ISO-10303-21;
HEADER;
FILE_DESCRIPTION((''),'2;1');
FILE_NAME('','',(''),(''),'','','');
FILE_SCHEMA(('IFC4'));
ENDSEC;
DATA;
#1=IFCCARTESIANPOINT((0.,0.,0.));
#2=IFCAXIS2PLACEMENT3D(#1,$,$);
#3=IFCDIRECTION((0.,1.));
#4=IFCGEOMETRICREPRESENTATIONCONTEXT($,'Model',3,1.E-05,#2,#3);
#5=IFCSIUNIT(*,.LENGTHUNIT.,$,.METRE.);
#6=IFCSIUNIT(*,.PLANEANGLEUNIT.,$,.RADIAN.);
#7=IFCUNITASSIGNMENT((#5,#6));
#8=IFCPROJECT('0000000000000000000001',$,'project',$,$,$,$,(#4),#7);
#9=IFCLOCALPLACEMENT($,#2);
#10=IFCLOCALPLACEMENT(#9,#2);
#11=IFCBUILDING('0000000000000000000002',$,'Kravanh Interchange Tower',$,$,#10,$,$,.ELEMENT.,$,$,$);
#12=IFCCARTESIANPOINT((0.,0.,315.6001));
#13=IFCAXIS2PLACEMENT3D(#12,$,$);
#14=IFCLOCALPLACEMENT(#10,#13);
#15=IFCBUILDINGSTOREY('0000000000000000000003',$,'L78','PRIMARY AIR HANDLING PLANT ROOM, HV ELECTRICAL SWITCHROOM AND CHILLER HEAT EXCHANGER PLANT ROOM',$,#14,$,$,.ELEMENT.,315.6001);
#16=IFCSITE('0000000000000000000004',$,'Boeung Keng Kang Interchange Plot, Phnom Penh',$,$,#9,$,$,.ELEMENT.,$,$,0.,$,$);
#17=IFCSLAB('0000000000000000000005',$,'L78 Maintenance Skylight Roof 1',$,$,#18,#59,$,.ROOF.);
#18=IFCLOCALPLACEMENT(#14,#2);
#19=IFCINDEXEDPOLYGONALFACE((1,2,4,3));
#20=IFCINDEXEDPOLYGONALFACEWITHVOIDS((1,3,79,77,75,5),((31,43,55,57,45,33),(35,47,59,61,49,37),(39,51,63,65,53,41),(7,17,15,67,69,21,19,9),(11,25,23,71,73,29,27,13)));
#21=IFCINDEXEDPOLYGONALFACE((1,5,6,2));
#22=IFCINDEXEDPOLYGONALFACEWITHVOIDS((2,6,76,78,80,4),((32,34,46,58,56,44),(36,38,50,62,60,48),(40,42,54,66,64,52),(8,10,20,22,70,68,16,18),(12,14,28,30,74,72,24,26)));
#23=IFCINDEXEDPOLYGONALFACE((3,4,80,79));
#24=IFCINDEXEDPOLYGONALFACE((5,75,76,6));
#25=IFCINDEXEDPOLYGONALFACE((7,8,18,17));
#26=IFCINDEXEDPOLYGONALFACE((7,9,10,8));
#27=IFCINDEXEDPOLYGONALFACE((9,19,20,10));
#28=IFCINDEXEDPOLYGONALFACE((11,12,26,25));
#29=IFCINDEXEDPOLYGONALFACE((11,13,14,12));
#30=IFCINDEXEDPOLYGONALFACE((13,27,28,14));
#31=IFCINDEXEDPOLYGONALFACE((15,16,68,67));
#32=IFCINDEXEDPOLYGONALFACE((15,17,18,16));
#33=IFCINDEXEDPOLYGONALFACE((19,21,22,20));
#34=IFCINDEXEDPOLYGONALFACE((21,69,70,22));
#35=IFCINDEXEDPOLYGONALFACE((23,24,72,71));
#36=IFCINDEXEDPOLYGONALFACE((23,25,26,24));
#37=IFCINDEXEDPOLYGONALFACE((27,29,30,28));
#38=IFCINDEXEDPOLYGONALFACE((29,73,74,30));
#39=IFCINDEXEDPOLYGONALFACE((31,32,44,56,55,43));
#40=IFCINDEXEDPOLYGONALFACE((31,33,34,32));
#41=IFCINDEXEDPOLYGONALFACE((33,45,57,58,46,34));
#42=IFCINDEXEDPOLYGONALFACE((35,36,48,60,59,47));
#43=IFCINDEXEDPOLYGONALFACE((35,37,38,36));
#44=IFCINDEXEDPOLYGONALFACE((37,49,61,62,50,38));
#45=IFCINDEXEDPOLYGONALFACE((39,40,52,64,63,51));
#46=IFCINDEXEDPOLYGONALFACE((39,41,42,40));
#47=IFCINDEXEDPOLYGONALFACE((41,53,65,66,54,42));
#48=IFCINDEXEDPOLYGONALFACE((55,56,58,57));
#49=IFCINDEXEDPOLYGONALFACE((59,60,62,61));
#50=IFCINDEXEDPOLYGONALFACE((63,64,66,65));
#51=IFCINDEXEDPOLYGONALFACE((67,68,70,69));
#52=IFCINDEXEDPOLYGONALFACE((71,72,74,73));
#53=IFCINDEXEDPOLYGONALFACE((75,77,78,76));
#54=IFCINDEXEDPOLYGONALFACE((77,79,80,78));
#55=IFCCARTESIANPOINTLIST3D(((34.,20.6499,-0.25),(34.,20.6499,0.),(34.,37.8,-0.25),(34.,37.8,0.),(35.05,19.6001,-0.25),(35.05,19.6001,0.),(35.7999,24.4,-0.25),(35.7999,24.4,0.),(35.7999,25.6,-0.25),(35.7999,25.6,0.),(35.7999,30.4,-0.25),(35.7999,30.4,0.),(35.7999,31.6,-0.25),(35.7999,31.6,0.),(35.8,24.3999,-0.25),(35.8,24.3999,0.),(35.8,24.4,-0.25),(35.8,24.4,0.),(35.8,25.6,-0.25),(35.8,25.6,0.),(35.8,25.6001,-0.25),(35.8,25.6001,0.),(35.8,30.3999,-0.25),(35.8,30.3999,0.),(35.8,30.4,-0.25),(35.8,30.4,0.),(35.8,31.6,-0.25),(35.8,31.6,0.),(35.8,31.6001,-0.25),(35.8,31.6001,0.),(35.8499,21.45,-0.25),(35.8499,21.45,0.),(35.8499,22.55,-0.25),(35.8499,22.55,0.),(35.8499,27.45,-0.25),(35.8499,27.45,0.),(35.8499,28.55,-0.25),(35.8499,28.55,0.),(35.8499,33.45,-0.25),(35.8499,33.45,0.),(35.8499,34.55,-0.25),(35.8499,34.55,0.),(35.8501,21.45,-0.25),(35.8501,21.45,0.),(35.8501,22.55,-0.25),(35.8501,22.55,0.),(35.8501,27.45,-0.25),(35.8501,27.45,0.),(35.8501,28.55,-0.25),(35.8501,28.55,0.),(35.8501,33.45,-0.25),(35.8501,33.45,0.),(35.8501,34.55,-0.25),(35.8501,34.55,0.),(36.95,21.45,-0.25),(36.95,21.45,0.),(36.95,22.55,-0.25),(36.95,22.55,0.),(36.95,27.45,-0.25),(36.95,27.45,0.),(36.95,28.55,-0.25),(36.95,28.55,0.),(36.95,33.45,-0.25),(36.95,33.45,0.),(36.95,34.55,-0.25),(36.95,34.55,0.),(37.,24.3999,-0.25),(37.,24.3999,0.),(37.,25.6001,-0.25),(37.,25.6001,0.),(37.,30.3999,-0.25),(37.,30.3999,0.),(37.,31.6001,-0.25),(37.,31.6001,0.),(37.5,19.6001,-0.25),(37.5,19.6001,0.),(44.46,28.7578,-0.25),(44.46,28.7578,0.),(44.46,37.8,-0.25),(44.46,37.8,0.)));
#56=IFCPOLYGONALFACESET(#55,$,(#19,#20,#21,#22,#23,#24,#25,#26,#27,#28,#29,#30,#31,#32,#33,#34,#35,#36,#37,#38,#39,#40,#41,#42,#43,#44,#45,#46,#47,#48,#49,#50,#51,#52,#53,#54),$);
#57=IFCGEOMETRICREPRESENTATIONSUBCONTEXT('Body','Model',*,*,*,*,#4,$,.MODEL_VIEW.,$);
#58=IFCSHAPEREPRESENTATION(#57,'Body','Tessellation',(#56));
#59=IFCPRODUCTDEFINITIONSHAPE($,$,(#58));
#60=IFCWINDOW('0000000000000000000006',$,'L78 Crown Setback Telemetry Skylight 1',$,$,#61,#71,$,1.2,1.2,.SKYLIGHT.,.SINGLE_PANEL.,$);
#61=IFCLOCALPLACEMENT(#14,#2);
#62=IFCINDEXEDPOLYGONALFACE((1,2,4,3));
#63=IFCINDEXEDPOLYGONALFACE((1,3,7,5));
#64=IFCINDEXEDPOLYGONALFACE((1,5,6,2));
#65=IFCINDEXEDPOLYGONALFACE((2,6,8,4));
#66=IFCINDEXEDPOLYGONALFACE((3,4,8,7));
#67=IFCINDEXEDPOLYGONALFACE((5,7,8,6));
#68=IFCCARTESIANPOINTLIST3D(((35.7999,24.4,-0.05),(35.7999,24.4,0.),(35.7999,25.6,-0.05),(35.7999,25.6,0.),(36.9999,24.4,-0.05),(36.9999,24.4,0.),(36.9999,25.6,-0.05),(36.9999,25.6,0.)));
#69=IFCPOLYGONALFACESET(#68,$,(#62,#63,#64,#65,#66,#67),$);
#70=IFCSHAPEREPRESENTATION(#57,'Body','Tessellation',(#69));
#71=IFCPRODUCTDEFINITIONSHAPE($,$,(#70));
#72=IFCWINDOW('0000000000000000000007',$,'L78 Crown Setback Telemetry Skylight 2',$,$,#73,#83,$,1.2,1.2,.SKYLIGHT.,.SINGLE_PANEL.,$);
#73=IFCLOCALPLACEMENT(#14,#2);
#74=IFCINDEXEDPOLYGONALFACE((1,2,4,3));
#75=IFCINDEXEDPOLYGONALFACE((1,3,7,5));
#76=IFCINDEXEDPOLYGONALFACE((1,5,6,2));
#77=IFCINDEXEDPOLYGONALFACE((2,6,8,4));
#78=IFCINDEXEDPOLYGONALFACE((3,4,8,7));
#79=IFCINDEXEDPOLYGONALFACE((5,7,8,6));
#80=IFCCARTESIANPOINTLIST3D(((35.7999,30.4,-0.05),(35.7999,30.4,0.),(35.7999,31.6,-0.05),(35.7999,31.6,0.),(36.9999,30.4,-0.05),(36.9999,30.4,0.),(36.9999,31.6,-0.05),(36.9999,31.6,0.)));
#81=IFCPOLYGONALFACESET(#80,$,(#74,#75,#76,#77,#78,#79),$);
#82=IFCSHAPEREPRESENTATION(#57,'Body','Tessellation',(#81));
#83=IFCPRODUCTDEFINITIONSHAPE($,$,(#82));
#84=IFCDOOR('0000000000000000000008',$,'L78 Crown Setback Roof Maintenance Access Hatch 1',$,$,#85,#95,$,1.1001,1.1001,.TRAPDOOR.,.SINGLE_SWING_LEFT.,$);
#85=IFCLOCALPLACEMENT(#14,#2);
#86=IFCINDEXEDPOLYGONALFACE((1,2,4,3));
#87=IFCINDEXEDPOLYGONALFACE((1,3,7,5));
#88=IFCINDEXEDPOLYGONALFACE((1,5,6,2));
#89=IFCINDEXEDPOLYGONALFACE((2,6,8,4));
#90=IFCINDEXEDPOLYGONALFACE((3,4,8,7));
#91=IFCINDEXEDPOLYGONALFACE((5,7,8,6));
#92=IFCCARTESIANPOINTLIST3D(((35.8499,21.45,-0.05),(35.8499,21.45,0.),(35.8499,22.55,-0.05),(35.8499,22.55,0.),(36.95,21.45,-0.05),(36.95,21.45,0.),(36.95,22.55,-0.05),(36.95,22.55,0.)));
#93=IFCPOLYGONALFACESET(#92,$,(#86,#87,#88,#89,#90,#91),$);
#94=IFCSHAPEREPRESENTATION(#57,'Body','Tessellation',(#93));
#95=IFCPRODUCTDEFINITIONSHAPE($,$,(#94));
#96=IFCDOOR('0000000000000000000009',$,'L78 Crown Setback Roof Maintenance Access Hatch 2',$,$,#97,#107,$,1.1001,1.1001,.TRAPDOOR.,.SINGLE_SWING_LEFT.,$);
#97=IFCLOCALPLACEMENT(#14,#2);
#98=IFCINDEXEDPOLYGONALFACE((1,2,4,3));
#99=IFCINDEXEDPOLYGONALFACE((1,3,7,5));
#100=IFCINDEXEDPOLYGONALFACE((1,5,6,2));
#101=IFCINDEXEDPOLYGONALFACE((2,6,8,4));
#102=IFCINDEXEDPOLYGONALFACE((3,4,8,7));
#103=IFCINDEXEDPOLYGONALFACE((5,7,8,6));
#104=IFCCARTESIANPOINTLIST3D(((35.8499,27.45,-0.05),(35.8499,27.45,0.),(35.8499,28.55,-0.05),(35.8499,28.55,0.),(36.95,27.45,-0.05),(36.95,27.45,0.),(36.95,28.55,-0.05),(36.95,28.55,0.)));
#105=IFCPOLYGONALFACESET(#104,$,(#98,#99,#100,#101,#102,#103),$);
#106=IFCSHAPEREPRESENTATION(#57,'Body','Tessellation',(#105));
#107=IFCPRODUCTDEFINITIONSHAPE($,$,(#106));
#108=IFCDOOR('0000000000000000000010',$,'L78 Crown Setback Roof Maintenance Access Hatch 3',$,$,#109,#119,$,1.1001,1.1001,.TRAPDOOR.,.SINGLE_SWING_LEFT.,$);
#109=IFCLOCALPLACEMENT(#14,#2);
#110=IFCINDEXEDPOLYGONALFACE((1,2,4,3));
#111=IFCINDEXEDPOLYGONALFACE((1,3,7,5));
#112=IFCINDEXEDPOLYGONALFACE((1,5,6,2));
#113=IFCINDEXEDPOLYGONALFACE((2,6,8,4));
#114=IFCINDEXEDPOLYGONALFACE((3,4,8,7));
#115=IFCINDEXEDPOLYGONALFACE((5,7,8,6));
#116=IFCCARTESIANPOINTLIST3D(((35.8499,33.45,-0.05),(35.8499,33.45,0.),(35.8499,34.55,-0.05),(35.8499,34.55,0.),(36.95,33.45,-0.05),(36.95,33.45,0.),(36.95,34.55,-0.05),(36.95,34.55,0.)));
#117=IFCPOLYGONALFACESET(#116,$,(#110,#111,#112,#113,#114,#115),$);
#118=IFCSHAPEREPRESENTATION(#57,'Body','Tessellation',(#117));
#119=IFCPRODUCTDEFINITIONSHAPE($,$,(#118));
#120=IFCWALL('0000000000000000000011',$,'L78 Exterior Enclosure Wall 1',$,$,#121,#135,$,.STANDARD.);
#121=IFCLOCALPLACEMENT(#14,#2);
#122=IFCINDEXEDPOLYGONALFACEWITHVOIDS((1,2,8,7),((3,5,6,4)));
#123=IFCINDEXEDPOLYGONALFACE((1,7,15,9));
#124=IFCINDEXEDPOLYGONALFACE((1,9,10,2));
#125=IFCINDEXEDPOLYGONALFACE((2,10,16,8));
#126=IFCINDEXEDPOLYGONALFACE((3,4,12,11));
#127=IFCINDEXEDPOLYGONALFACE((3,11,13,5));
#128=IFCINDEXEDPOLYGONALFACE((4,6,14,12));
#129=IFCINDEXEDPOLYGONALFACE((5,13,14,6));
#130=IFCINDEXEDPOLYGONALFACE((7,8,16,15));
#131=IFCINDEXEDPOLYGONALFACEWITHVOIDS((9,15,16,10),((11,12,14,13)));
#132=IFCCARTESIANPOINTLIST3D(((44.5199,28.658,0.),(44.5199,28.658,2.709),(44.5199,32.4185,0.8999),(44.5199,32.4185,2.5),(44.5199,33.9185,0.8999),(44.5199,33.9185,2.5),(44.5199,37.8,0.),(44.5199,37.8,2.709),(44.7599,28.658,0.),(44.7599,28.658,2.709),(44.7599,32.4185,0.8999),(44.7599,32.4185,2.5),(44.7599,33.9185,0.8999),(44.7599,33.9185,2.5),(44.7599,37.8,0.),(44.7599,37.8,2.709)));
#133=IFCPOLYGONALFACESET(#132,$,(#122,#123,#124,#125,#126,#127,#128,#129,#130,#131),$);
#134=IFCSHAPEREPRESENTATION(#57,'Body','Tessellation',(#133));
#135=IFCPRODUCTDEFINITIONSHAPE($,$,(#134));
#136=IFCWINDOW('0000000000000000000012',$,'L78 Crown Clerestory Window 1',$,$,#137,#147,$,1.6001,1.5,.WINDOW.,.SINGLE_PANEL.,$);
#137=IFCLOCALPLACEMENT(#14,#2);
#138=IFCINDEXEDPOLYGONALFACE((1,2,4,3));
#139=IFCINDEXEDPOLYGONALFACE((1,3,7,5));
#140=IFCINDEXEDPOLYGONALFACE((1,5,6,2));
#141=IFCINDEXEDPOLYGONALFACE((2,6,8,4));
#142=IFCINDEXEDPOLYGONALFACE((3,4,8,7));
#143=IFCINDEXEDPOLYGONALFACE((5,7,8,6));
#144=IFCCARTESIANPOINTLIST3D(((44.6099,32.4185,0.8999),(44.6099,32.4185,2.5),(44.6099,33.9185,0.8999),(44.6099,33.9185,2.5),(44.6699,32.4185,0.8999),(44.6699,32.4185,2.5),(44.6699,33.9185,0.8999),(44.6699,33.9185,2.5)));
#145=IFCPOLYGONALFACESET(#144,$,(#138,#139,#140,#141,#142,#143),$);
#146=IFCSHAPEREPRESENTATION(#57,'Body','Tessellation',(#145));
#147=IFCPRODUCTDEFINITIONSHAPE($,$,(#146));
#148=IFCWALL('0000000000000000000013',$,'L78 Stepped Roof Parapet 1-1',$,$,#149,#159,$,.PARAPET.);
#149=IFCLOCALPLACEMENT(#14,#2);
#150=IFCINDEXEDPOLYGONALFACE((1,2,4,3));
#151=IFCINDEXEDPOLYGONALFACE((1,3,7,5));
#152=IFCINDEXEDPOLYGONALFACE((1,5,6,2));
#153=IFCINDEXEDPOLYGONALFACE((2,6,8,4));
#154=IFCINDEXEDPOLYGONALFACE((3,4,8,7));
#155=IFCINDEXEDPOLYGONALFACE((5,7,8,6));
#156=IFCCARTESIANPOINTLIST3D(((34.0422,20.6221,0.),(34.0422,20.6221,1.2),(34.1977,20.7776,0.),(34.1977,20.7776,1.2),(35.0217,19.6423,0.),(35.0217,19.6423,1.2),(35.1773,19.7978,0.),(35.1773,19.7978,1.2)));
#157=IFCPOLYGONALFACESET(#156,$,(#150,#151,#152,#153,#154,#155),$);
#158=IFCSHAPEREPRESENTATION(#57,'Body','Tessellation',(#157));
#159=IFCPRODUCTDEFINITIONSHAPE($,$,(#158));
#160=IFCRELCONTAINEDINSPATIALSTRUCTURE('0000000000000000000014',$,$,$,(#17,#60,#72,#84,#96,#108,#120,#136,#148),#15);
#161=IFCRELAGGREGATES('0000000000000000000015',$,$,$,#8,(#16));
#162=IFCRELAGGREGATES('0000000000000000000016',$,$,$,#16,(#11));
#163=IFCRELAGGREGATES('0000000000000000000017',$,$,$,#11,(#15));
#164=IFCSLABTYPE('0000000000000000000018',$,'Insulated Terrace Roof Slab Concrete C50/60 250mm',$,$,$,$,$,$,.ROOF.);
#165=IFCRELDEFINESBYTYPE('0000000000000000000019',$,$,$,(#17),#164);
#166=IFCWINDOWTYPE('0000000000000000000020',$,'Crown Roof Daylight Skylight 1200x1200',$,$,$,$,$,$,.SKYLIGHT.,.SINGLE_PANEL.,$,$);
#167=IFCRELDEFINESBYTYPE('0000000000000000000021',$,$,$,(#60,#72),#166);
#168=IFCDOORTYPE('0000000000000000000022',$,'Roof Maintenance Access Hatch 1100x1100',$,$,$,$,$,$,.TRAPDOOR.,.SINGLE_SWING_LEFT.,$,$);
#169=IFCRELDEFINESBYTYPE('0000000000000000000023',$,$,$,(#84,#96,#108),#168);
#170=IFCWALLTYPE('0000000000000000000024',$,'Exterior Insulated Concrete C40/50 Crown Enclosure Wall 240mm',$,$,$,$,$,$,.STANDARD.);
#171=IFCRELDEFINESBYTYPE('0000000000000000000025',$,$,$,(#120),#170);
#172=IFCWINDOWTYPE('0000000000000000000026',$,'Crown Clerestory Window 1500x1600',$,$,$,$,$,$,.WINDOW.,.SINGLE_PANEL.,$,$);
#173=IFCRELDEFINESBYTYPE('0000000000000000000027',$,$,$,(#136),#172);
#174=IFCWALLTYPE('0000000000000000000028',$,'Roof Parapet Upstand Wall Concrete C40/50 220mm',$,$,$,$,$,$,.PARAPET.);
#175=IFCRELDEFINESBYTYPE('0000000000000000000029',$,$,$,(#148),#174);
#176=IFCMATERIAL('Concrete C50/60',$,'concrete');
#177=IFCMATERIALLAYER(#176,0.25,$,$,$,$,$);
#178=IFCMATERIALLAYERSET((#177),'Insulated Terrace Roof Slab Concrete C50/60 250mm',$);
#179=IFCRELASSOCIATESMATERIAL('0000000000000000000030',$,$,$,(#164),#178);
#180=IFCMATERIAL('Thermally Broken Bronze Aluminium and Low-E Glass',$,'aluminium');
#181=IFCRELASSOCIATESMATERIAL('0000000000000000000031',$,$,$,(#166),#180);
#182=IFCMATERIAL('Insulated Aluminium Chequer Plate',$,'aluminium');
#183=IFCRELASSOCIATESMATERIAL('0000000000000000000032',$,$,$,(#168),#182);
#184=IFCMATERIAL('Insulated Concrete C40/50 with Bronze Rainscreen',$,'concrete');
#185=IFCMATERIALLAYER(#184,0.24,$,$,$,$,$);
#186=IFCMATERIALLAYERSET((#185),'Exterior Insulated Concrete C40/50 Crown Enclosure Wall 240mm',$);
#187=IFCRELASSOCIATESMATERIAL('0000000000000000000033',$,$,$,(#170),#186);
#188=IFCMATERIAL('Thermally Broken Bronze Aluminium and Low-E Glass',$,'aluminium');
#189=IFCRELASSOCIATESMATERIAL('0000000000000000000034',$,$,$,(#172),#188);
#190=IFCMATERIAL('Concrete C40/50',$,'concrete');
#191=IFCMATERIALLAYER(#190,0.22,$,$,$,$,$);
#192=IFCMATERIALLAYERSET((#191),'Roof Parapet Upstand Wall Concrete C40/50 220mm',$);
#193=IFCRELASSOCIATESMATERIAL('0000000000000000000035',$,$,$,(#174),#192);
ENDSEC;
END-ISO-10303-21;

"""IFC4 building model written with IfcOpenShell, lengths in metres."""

from ifc_helpers import new_model, si_unit, direction, frame, frame_2d, origin, origin_2d, place, context, subcontext, project, spatial, polyline, rectangle, outline, extrude, material, layer, layer_set, type_object, element, fill, save


model = new_model("IFC4")

# Units and contexts
model_context = context("Model", 3, precision=1e-05, world=origin(), true_north=direction((0.0, 1.0)))
body_context = subcontext(model_context, "Body", "Model", "MODEL_VIEW")
ifc_project = project(units=[si_unit("LENGTHUNIT", "METRE"), si_unit("PLANEANGLEUNIT", "RADIAN")], contexts=[model_context])

# Site, building, storey
site_placement = place(None, origin())
site = spatial("IfcSite", under=ifc_project, at=site_placement, Name="Boeung Keng Kang Interchange Plot, Phnom Penh", CompositionType="ELEMENT", RefElevation=0.0)
building_placement = place(site_placement, origin())
building = spatial("IfcBuilding", under=site, at=building_placement, Name="Kravanh Interchange Tower", CompositionType="ELEMENT")
storey_placement = place(building_placement, frame((0.0, 0.0, 315.6001)))
storey = spatial("IfcBuildingStorey", under=building, at=storey_placement, Name="L78", Description="PRIMARY AIR HANDLING PLANT ROOM, HV ELECTRICAL SWITCHROOM AND CHILLER HEAT EXCHANGER PLANT ROOM", CompositionType="ELEMENT", Elevation=315.6001)

# Slab, openings, windows, doors
ifc_material_1 = material(Name="Concrete C50/60", Category="concrete")
ifc_layer_1 = layer(ifc_material_1, 0.25)
ifc_layer_set_1 = layer_set([ifc_layer_1], Name="Insulated Terrace Roof Slab Concrete C50/60 250mm")
slab_type_1 = type_object("IfcSlabType", Name="Insulated Terrace Roof Slab Concrete C50/60 250mm", PredefinedType="ROOF", material=ifc_layer_set_1)
slab_1_placement = place(storey_placement, frame((0.0, 0.0, -0.25)))
slab_1 = element("IfcSlab", 1, at=slab_1_placement, inside=storey, type_object=slab_type_1, Name="L78 Maintenance Skylight Roof 1", PredefinedType="ROOF", context=body_context, shape_type="SweptSolid", body=[
    extrude(outline(polyline([(35.05, 19.6001), (34.0, 20.6499), (34.0, 37.8), (44.46, 37.8), (44.46, 28.7578), (37.5, 19.6001), (35.05, 19.6001)]), holes=[polyline([(35.8501, 21.45), (36.95, 21.45), (36.95, 22.55), (35.8501, 22.55), (35.8501, 21.45)]), polyline([(35.8, 24.3999), (37.0, 24.3999), (37.0, 25.6001), (35.8, 25.6001), (35.8, 24.3999)]), polyline([(35.8501, 27.45), (36.95, 27.45), (36.95, 28.55), (35.8501, 28.55), (35.8501, 27.45)]), polyline([(35.8, 30.3999), (37.0, 30.3999), (37.0, 31.6001), (35.8, 31.6001), (35.8, 30.3999)]), polyline([(35.8501, 33.45), (36.95, 33.45), (36.95, 34.55), (35.8501, 34.55), (35.8501, 33.45)])]), origin(), (0.0, 0.0, 1.0), 0.25),
])
opening_1_placement = place(slab_1_placement, frame((36.3999, 22.0, 0.0)))
opening_1 = element("IfcOpeningElement", 2, at=opening_1_placement, cuts=slab_1, PredefinedType="OPENING", context=body_context, shape_type="SweptSolid", body=[
    extrude(rectangle(XDim=1.1001, YDim=1.1001, at=origin_2d()), origin(), (0.0, 0.0, 1.0), 0.25),
])
opening_2_placement = place(slab_1_placement, frame((36.3999, 28.0, 0.0)))
opening_2 = element("IfcOpeningElement", 3, at=opening_2_placement, cuts=slab_1, PredefinedType="OPENING", context=body_context, shape_type="SweptSolid", body=[
    extrude(rectangle(XDim=1.1001, YDim=1.1001, at=origin_2d()), origin(), (0.0, 0.0, 1.0), 0.25),
])
opening_3_placement = place(slab_1_placement, frame((36.3999, 34.0, 0.0)))
opening_3 = element("IfcOpeningElement", 4, at=opening_3_placement, cuts=slab_1, PredefinedType="OPENING", context=body_context, shape_type="SweptSolid", body=[
    extrude(rectangle(XDim=1.1001, YDim=1.1001, at=origin_2d()), origin(), (0.0, 0.0, 1.0), 0.25),
])
opening_4_placement = place(slab_1_placement, frame((36.3999, 25.0, 0.0)))
opening_4 = element("IfcOpeningElement", 5, at=opening_4_placement, cuts=slab_1, PredefinedType="OPENING", context=body_context, shape_type="SweptSolid", body=[
    extrude(rectangle(XDim=1.2, YDim=1.2, at=origin_2d()), origin(), (0.0, 0.0, 1.0), 0.25),
])
opening_5_placement = place(slab_1_placement, frame((36.3999, 31.0, 0.0)))
opening_5 = element("IfcOpeningElement", 6, at=opening_5_placement, cuts=slab_1, PredefinedType="OPENING", context=body_context, shape_type="SweptSolid", body=[
    extrude(rectangle(XDim=1.2, YDim=1.2, at=origin_2d()), origin(), (0.0, 0.0, 1.0), 0.25),
])
ifc_material_2 = material(Name="Thermally Broken Bronze Aluminium and Low-E Glass", Category="aluminium")
window_type_1 = type_object("IfcWindowType", Name="Crown Roof Daylight Skylight 1200x1200", PartitioningType="SINGLE_PANEL", PredefinedType="SKYLIGHT", material=ifc_material_2)
window_1_placement = place(opening_4_placement, frame((0.0, 0.0, 0.2)))
window_1 = element("IfcWindow", 7, at=window_1_placement, inside=storey, type_object=window_type_1, Name="L78 Crown Setback Telemetry Skylight 1", OverallHeight=1.2, OverallWidth=1.2, PartitioningType="SINGLE_PANEL", PredefinedType="SKYLIGHT", context=body_context, shape_type="SweptSolid", body=[
    extrude(rectangle(XDim=1.2, YDim=1.2, at=origin_2d()), origin(), (0.0, 0.0, 1.0), 0.05),
])
fill(opening_4, window_1)
window_2_placement = place(opening_5_placement, frame((0.0, 0.0, 0.2)))
window_2 = element("IfcWindow", 8, at=window_2_placement, inside=storey, type_object=window_type_1, Name="L78 Crown Setback Telemetry Skylight 2", OverallHeight=1.2, OverallWidth=1.2, PartitioningType="SINGLE_PANEL", PredefinedType="SKYLIGHT", context=body_context, shape_type="SweptSolid", body=[
    extrude(rectangle(XDim=1.2, YDim=1.2, at=origin_2d()), origin(), (0.0, 0.0, 1.0), 0.05),
])
fill(opening_5, window_2)
ifc_material_3 = material(Name="Insulated Aluminium Chequer Plate", Category="aluminium")
door_type = type_object("IfcDoorType", Name="Roof Maintenance Access Hatch 1100x1100", OperationType="SINGLE_SWING_LEFT", PredefinedType="TRAPDOOR", material=ifc_material_3)
door_1_placement = place(opening_1_placement, frame((0.0, 0.0, 0.2)))
door_1 = element("IfcDoor", 9, at=door_1_placement, inside=storey, type_object=door_type, Name="L78 Crown Setback Roof Maintenance Access Hatch 1", OperationType="SINGLE_SWING_LEFT", OverallHeight=1.1001, OverallWidth=1.1001, PredefinedType="TRAPDOOR", context=body_context, shape_type="SweptSolid", body=[
    extrude(rectangle(XDim=1.1001, YDim=1.1001, at=origin_2d()), origin(), (0.0, 0.0, 1.0), 0.05),
])
fill(opening_1, door_1)
door_2_placement = place(opening_2_placement, frame((0.0, 0.0, 0.2)))
door_2 = element("IfcDoor", 10, at=door_2_placement, inside=storey, type_object=door_type, Name="L78 Crown Setback Roof Maintenance Access Hatch 2", OperationType="SINGLE_SWING_LEFT", OverallHeight=1.1001, OverallWidth=1.1001, PredefinedType="TRAPDOOR", context=body_context, shape_type="SweptSolid", body=[
    extrude(rectangle(XDim=1.1001, YDim=1.1001, at=origin_2d()), origin(), (0.0, 0.0, 1.0), 0.05),
])
fill(opening_2, door_2)
door_3_placement = place(opening_3_placement, frame((0.0, 0.0, 0.2)))
door_3 = element("IfcDoor", 11, at=door_3_placement, inside=storey, type_object=door_type, Name="L78 Crown Setback Roof Maintenance Access Hatch 3", OperationType="SINGLE_SWING_LEFT", OverallHeight=1.1001, OverallWidth=1.1001, PredefinedType="TRAPDOOR", context=body_context, shape_type="SweptSolid", body=[
    extrude(rectangle(XDim=1.1001, YDim=1.1001, at=origin_2d()), origin(), (0.0, 0.0, 1.0), 0.05),
])
fill(opening_3, door_3)

# Wall, opening, window
ifc_material_4 = material(Name="Insulated Concrete C40/50 with Bronze Rainscreen", Category="concrete")
ifc_layer_2 = layer(ifc_material_4, 0.24)
ifc_layer_set_2 = layer_set([ifc_layer_2], Name="Exterior Insulated Concrete C40/50 Crown Enclosure Wall 240mm")
wall_type_1 = type_object("IfcWallType", Name="Exterior Insulated Concrete C40/50 Crown Enclosure Wall 240mm", PredefinedType="STANDARD", material=ifc_layer_set_2)
wall_1_placement = place(storey_placement, frame((44.6399, 28.658, 0.0), z_axis=(0.0, 0.0, 1.0), x_axis=(0.0, 1.0, 0.0)))
wall_1 = element("IfcWall", 12, at=wall_1_placement, inside=storey, type_object=wall_type_1, Name="L78 Exterior Enclosure Wall 1", PredefinedType="STANDARD", context=body_context, shape_type="SweptSolid", body=[
    extrude(rectangle(XDim=9.1421, YDim=0.24, at=frame_2d((4.571, 0.0))), origin(), (0.0, 0.0, 1.0), 2.709),
])
opening_6_placement = place(wall_1_placement, frame((3.7605, 0.0, 0.8999)))
opening_6 = element("IfcOpeningElement", 13, at=opening_6_placement, cuts=wall_1, PredefinedType="OPENING", context=body_context, shape_type="SweptSolid", body=[
    extrude(rectangle(XDim=1.5, YDim=1.6001, at=frame_2d((0.75, 0.8))), frame((0.0, 0.1299, 0.0), z_axis=(0.0, -1.0, 0.0), x_axis=(1.0, 0.0, 0.0)), (0.0, 0.0, 1.0), 0.26),
])
ifc_material_5 = material(Name="Thermally Broken Bronze Aluminium and Low-E Glass", Category="aluminium")
window_type_2 = type_object("IfcWindowType", Name="Crown Clerestory Window 1500x1600", PartitioningType="SINGLE_PANEL", PredefinedType="WINDOW", material=ifc_material_5)
window_3_placement = place(opening_6_placement, origin())
window_3 = element("IfcWindow", 14, at=window_3_placement, inside=storey, type_object=window_type_2, Name="L78 Crown Clerestory Window 1", OverallHeight=1.6001, OverallWidth=1.5, PartitioningType="SINGLE_PANEL", PredefinedType="WINDOW", context=body_context, shape_type="SweptSolid", body=[
    extrude(rectangle(XDim=1.5, YDim=1.6001, at=frame_2d((0.75, 0.8))), frame((0.0, 0.03, 0.0), z_axis=(0.0, -1.0, 0.0), x_axis=(1.0, 0.0, 0.0)), (0.0, 0.0, 1.0), 0.0601),
])
fill(opening_6, window_3)

# Wall
ifc_material_6 = material(Name="Concrete C40/50", Category="concrete")
ifc_layer_3 = layer(ifc_material_6, 0.22)
ifc_layer_set_3 = layer_set([ifc_layer_3], Name="Roof Parapet Upstand Wall Concrete C40/50 220mm")
wall_type_2 = type_object("IfcWallType", Name="Roof Parapet Upstand Wall Concrete C40/50 220mm", PredefinedType="PARAPET", material=ifc_layer_set_3)
wall_2_placement = place(storey_placement, frame((35.0996, 19.72, 0.0), z_axis=(0.0, 0.0, 1.0), x_axis=(-0.707019, 0.707195, 0.0)))
element("IfcWall", 15, at=wall_2_placement, inside=storey, type_object=wall_type_2, Name="L78 Stepped Roof Parapet 1-1", PredefinedType="PARAPET", context=body_context, shape_type="SweptSolid", body=[
    extrude(rectangle(XDim=1.3855, YDim=0.22, at=frame_2d((0.6929, 0.0))), origin(), (0.0, 0.0, 1.0), 1.2),
])

save(model, "model.ifc")
